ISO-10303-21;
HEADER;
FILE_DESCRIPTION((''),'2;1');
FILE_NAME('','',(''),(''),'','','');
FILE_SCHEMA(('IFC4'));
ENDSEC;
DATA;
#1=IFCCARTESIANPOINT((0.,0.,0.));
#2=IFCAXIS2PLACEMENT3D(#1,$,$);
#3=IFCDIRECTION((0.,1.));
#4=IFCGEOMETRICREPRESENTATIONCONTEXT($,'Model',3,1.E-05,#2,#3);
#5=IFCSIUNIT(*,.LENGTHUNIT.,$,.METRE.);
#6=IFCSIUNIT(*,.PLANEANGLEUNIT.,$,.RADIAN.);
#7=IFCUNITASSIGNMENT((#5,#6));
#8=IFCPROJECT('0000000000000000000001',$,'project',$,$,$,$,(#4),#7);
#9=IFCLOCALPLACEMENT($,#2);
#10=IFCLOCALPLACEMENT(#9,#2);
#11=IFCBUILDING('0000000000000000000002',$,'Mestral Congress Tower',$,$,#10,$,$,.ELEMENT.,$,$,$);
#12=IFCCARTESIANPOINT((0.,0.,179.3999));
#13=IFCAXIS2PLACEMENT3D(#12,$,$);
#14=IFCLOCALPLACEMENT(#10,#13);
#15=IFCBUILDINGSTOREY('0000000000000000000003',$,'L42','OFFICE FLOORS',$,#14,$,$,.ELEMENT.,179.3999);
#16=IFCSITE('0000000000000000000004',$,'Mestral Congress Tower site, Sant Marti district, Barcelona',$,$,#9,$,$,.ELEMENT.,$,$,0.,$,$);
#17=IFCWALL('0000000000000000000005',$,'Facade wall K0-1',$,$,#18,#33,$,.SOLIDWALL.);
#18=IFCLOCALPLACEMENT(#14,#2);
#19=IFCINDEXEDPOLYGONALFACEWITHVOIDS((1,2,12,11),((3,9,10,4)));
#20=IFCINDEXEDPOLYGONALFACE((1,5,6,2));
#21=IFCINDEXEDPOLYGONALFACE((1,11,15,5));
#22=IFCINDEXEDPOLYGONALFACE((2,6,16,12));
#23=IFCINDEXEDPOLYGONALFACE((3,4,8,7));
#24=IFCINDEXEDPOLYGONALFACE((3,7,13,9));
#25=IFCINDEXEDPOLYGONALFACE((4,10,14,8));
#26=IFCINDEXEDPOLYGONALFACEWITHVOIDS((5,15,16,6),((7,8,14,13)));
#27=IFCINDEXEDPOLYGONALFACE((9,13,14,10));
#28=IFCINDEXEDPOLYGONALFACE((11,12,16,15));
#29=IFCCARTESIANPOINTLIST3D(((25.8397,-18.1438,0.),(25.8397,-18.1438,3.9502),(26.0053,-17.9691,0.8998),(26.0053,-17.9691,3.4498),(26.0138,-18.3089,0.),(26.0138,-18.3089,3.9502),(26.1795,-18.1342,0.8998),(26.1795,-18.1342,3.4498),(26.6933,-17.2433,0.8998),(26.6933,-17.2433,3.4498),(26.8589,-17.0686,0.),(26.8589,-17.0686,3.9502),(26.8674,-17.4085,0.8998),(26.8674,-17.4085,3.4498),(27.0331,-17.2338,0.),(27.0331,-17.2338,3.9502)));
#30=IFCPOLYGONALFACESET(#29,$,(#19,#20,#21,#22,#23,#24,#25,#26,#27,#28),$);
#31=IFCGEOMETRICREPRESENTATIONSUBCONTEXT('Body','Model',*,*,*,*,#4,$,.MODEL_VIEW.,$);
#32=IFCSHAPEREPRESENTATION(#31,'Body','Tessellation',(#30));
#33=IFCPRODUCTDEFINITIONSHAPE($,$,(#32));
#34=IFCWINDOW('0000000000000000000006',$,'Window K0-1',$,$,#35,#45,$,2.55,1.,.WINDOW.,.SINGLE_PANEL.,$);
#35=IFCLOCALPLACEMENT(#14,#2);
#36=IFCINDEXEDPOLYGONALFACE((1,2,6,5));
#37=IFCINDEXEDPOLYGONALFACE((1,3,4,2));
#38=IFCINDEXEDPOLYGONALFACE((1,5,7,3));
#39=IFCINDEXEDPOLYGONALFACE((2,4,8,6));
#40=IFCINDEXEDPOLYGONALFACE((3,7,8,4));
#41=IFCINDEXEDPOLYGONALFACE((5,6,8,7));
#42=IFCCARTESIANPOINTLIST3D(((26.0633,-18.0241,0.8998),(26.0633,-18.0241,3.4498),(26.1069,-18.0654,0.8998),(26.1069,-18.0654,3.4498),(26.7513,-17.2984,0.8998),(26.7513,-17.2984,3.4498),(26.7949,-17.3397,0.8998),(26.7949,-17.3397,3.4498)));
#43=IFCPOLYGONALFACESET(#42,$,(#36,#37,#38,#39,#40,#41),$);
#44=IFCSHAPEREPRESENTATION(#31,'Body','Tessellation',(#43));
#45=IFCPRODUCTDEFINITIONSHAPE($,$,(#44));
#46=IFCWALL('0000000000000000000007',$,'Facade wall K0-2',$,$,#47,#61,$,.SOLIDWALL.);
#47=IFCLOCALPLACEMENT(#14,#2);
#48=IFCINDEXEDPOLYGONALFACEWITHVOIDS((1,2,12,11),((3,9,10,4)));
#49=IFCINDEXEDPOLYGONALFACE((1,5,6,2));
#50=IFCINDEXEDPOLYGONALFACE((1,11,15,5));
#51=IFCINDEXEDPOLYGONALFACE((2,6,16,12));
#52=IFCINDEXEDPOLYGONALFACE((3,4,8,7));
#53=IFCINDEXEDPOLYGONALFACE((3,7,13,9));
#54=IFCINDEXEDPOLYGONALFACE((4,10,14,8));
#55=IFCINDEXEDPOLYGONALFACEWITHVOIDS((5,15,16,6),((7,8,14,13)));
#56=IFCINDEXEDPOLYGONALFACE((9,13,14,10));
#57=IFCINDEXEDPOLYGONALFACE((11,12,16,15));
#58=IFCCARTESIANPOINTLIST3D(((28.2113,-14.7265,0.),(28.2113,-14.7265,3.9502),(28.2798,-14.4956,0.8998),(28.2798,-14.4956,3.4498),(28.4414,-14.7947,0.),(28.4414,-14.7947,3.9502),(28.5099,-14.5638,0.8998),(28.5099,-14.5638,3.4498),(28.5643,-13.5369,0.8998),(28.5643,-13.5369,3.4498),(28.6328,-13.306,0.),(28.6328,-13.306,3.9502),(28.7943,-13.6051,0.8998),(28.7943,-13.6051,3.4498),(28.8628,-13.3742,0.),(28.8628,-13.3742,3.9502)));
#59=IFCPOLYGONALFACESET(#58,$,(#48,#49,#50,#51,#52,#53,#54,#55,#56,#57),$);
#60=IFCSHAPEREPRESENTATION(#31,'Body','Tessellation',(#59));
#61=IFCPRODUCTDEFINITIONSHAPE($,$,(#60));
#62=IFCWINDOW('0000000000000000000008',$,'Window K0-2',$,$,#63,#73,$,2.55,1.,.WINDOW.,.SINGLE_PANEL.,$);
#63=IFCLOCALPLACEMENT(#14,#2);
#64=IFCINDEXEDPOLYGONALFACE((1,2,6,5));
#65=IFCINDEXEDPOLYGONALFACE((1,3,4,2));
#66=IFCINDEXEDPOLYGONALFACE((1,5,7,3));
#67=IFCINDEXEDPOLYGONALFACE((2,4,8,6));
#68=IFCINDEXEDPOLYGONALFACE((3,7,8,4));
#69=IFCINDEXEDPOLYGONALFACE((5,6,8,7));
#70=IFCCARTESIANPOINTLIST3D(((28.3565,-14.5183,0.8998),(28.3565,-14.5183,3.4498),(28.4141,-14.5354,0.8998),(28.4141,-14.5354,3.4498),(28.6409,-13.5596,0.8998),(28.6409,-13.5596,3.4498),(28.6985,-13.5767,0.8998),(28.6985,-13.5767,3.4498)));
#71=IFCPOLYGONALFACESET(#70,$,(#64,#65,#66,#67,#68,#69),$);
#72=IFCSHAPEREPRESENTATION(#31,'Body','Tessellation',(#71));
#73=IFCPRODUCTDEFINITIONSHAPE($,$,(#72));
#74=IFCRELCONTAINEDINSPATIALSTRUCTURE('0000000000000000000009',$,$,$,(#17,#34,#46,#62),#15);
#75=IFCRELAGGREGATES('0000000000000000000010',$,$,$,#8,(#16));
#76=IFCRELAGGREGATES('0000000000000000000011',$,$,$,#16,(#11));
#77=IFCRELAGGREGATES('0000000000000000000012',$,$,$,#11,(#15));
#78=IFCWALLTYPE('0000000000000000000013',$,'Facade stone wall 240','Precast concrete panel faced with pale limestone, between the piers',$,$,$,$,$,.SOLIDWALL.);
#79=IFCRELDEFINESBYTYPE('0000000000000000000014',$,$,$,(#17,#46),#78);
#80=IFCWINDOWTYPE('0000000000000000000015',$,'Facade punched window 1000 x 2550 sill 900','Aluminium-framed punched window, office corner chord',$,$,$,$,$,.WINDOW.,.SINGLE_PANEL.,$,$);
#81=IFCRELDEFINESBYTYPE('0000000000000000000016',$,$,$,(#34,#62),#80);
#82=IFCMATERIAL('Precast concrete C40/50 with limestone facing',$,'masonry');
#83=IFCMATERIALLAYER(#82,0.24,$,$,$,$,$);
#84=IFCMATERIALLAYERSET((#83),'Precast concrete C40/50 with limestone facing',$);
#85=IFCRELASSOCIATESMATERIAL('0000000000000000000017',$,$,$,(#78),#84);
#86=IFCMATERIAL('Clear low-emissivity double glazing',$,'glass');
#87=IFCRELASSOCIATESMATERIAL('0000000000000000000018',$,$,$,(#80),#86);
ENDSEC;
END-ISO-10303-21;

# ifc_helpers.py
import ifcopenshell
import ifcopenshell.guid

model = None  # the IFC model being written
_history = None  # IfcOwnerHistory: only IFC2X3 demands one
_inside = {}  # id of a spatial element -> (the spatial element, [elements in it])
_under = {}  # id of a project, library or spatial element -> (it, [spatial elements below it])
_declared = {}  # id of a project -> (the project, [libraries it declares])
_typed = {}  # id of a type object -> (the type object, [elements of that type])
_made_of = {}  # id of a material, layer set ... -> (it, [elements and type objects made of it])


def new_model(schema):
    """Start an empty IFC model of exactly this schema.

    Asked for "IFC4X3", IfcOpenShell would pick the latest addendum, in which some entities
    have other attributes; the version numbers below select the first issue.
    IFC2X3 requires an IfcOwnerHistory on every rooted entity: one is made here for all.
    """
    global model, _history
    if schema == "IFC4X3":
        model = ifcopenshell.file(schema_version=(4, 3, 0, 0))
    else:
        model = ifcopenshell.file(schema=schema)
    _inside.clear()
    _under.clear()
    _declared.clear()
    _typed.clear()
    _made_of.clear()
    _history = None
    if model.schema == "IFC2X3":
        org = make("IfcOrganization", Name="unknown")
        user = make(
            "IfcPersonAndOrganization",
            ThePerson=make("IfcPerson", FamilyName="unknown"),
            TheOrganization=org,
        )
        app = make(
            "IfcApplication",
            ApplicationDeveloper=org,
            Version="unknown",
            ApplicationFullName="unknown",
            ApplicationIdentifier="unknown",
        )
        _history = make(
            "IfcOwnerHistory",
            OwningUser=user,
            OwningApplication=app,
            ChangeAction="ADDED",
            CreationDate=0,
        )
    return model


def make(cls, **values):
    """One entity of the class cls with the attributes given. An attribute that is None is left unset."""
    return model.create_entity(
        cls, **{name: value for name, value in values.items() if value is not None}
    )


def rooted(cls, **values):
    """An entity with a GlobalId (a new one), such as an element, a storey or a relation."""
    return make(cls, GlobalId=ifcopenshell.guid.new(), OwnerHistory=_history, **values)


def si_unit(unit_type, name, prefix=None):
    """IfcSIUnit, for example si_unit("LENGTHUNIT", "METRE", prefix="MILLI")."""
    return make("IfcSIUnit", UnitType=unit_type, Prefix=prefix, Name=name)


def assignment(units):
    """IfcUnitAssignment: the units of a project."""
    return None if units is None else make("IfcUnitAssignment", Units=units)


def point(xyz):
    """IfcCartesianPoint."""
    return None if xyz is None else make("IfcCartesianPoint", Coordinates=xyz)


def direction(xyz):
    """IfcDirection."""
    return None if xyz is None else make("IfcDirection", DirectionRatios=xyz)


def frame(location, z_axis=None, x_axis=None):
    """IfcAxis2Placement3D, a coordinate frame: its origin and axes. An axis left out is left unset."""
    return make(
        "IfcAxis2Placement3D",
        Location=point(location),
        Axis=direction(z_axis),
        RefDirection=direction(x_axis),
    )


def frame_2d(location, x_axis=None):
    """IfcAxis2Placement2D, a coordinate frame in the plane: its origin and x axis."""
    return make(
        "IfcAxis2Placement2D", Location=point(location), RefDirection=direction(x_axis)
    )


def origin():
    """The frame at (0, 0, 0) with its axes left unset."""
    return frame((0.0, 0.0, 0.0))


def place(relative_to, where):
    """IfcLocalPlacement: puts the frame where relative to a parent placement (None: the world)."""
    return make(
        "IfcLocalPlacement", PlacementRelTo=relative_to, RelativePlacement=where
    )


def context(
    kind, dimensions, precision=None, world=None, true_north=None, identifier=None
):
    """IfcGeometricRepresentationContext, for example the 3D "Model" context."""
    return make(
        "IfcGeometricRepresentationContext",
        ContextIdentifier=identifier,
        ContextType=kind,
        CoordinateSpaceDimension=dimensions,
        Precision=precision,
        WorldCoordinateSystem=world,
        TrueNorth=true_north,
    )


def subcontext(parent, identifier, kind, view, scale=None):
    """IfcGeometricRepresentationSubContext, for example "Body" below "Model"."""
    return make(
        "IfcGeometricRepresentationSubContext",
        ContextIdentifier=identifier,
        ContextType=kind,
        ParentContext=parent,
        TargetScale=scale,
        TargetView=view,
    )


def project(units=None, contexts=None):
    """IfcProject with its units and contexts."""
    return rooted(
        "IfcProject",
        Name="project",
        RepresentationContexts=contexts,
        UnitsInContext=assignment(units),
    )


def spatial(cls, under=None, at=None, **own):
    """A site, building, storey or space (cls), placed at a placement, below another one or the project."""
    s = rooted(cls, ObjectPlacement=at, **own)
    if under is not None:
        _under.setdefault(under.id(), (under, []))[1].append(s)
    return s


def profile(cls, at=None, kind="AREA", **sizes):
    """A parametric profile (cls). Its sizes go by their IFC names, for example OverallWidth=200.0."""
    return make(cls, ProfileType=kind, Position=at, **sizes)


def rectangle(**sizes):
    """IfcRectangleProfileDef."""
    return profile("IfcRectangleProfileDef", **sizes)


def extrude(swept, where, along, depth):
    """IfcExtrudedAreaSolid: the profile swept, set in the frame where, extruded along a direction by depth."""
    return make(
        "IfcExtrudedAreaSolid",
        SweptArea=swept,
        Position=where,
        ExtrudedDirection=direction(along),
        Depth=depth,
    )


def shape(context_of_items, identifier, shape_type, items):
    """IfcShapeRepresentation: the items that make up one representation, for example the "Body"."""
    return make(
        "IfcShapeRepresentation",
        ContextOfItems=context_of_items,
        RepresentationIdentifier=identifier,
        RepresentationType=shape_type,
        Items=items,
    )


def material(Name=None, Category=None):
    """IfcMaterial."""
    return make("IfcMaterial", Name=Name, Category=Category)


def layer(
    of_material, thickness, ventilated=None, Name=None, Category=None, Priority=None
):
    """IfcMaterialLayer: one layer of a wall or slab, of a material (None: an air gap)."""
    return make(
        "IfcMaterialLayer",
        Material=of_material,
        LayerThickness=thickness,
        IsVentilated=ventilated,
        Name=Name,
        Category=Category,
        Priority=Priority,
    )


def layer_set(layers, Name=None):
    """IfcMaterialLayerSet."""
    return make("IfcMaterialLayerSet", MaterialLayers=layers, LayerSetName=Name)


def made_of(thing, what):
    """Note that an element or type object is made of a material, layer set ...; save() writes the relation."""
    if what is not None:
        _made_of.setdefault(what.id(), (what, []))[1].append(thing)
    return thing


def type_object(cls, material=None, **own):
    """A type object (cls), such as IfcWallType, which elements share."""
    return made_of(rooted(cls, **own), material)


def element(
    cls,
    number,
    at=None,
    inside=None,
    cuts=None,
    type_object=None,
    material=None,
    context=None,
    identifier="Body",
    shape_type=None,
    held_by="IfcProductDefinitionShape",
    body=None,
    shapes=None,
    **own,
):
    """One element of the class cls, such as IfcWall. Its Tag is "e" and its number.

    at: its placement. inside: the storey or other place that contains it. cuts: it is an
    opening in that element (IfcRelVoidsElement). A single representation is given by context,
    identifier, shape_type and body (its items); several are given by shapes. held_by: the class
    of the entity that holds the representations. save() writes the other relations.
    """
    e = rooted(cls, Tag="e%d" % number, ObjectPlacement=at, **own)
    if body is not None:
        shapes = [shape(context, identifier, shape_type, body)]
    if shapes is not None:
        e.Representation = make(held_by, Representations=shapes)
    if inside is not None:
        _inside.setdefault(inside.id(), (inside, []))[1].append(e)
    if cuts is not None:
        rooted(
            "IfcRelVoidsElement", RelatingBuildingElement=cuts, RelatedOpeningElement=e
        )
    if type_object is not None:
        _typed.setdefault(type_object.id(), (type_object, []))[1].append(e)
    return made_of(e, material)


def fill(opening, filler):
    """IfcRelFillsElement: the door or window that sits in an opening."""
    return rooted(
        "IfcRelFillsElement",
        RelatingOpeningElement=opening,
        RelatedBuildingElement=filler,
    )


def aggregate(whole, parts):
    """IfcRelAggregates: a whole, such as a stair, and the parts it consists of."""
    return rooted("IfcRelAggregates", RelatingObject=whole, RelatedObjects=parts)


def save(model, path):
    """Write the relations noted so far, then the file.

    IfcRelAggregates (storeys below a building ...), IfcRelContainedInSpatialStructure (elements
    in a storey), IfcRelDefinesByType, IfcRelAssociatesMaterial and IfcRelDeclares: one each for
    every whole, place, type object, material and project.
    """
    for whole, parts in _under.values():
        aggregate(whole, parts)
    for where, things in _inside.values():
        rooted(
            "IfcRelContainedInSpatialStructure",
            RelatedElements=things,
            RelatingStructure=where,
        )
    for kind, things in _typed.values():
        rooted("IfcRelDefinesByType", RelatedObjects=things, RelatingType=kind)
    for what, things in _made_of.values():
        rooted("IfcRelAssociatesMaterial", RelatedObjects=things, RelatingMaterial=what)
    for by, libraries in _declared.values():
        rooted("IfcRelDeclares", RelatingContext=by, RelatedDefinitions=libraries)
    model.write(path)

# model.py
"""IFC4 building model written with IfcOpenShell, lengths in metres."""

from ifc_helpers import new_model, si_unit, direction, frame, frame_2d, origin, place, context, subcontext, project, spatial, rectangle, extrude, material, layer, layer_set, type_object, element, fill, save


model = new_model("IFC4")

# Units and contexts
model_context = context("Model", 3, precision=1e-05, world=origin(), true_north=direction((0.0, 1.0)))
body_context = subcontext(model_context, "Body", "Model", "MODEL_VIEW")
ifc_project = project(units=[si_unit("LENGTHUNIT", "METRE"), si_unit("PLANEANGLEUNIT", "RADIAN")], contexts=[model_context])

# Site, building, storey
site_placement = place(None, origin())
site = spatial("IfcSite", under=ifc_project, at=site_placement, Name="Mestral Congress Tower site, Sant Marti district, Barcelona", CompositionType="ELEMENT", RefElevation=0.0)
building_placement = place(site_placement, origin())
building = spatial("IfcBuilding", under=site, at=building_placement, Name="Mestral Congress Tower", CompositionType="ELEMENT")
storey_placement = place(building_placement, frame((0.0, 0.0, 179.3999)))
storey = spatial("IfcBuildingStorey", under=building, at=storey_placement, Name="L42", Description="OFFICE FLOORS", CompositionType="ELEMENT", Elevation=179.3999)

# Shared definitions
ifc_material_1 = material(Name="Precast concrete C40/50 with limestone facing", Category="masonry")
ifc_layer = layer(ifc_material_1, 0.24)
ifc_layer_set = layer_set([ifc_layer], Name="Precast concrete C40/50 with limestone facing")
wall_type = type_object("IfcWallType", Name="Facade stone wall 240", Description="Precast concrete panel faced with pale limestone, between the piers", PredefinedType="SOLIDWALL", material=ifc_layer_set)
ifc_material_2 = material(Name="Clear low-emissivity double glazing", Category="glass")

# Walls, openings, windows
window_type_1 = type_object("IfcWindowType", Name="Facade punched window 1000 x 2550 sill 900", Description="Aluminium-framed punched window, office corner chord", PartitioningType="SINGLE_PANEL", PredefinedType="WINDOW", material=ifc_material_2)
wall_1_placement = place(storey_placement, frame((25.9268, -18.2263, 0.0), z_axis=(0.0, 0.0, 1.0), x_axis=(0.687987, 0.725723, 0.0)))
wall_1 = element("IfcWall", 1, at=wall_1_placement, inside=storey, type_object=wall_type, Name="Facade wall K0-1", PredefinedType="SOLIDWALL", context=body_context, shape_type="SweptSolid", body=[
    extrude(rectangle(XDim=1.4814, YDim=0.24, at=frame_2d((0.7407, 0.0))), origin(), (0.0, 0.0, 1.0), 3.9502),
])
opening_1_placement = place(wall_1_placement, frame((0.2407, 0.0, 0.8999)))
opening_1 = element("IfcOpeningElement", 2, at=opening_1_placement, cuts=wall_1, PredefinedType="OPENING", context=body_context, shape_type="SweptSolid", body=[
    extrude(rectangle(XDim=1.0, YDim=2.55, at=frame_2d((0.5, 1.2749))), frame((0.0, 0.1299, 0.0), z_axis=(0.0, -1.0, 0.0), x_axis=(1.0, 0.0, 0.0)), (0.0, 0.0, 1.0), 0.26),
])
window_1_placement = place(opening_1_placement, origin())
window_1 = element("IfcWindow", 3, at=window_1_placement, inside=storey, type_object=window_type_1, Name="Window K0-1", OverallHeight=2.55, OverallWidth=1.0, PartitioningType="SINGLE_PANEL", PredefinedType="WINDOW", context=body_context, shape_type="SweptSolid", body=[
    extrude(rectangle(XDim=1.0, YDim=2.55, at=frame_2d((0.5, 1.2749))), frame((0.0, 0.04, 0.0), z_axis=(0.0, -1.0, 0.0), x_axis=(1.0, 0.0, 0.0)), (0.0, 0.0, 1.0), 0.0601),
])
fill(opening_1, window_1)
wall_2_placement = place(storey_placement, frame((28.3264, -14.7605, 0.0), z_axis=(0.0, 0.0, 1.0), x_axis=(0.284414, 0.958702, 0.0)))
wall_2 = element("IfcWall", 4, at=wall_2_placement, inside=storey, type_object=wall_type, Name="Facade wall K0-2", PredefinedType="SOLIDWALL", context=body_context, shape_type="SweptSolid", body=[
    extrude(rectangle(XDim=1.4817, YDim=0.24, at=frame_2d((0.7407, 0.0))), origin(), (0.0, 0.0, 1.0), 3.9502),
])
opening_2_placement = place(wall_2_placement, frame((0.2407, 0.0, 0.8999)))
opening_2 = element("IfcOpeningElement", 5, at=opening_2_placement, cuts=wall_2, PredefinedType="OPENING", context=body_context, shape_type="SweptSolid", body=[
    extrude(rectangle(XDim=1.0, YDim=2.55, at=frame_2d((0.5, 1.2749))), frame((0.0, 0.1299, 0.0), z_axis=(0.0, -1.0, 0.0), x_axis=(1.0, 0.0, 0.0)), (0.0, 0.0, 1.0), 0.26),
])
window_2_placement = place(opening_2_placement, origin())
window_2 = element("IfcWindow", 6, at=window_2_placement, inside=storey, type_object=window_type_1, Name="Window K0-2", OverallHeight=2.55, OverallWidth=1.0, PartitioningType="SINGLE_PANEL", PredefinedType="WINDOW", context=body_context, shape_type="SweptSolid", body=[
    extrude(rectangle(XDim=1.0, YDim=2.55, at=frame_2d((0.5, 1.2749))), frame((0.0, 0.04, 0.0), z_axis=(0.0, -1.0, 0.0), x_axis=(1.0, 0.0, 0.0)), (0.0, 0.0, 1.0), 0.0601),
])
fill(opening_2, window_2)

save(model, "model.ifc")
